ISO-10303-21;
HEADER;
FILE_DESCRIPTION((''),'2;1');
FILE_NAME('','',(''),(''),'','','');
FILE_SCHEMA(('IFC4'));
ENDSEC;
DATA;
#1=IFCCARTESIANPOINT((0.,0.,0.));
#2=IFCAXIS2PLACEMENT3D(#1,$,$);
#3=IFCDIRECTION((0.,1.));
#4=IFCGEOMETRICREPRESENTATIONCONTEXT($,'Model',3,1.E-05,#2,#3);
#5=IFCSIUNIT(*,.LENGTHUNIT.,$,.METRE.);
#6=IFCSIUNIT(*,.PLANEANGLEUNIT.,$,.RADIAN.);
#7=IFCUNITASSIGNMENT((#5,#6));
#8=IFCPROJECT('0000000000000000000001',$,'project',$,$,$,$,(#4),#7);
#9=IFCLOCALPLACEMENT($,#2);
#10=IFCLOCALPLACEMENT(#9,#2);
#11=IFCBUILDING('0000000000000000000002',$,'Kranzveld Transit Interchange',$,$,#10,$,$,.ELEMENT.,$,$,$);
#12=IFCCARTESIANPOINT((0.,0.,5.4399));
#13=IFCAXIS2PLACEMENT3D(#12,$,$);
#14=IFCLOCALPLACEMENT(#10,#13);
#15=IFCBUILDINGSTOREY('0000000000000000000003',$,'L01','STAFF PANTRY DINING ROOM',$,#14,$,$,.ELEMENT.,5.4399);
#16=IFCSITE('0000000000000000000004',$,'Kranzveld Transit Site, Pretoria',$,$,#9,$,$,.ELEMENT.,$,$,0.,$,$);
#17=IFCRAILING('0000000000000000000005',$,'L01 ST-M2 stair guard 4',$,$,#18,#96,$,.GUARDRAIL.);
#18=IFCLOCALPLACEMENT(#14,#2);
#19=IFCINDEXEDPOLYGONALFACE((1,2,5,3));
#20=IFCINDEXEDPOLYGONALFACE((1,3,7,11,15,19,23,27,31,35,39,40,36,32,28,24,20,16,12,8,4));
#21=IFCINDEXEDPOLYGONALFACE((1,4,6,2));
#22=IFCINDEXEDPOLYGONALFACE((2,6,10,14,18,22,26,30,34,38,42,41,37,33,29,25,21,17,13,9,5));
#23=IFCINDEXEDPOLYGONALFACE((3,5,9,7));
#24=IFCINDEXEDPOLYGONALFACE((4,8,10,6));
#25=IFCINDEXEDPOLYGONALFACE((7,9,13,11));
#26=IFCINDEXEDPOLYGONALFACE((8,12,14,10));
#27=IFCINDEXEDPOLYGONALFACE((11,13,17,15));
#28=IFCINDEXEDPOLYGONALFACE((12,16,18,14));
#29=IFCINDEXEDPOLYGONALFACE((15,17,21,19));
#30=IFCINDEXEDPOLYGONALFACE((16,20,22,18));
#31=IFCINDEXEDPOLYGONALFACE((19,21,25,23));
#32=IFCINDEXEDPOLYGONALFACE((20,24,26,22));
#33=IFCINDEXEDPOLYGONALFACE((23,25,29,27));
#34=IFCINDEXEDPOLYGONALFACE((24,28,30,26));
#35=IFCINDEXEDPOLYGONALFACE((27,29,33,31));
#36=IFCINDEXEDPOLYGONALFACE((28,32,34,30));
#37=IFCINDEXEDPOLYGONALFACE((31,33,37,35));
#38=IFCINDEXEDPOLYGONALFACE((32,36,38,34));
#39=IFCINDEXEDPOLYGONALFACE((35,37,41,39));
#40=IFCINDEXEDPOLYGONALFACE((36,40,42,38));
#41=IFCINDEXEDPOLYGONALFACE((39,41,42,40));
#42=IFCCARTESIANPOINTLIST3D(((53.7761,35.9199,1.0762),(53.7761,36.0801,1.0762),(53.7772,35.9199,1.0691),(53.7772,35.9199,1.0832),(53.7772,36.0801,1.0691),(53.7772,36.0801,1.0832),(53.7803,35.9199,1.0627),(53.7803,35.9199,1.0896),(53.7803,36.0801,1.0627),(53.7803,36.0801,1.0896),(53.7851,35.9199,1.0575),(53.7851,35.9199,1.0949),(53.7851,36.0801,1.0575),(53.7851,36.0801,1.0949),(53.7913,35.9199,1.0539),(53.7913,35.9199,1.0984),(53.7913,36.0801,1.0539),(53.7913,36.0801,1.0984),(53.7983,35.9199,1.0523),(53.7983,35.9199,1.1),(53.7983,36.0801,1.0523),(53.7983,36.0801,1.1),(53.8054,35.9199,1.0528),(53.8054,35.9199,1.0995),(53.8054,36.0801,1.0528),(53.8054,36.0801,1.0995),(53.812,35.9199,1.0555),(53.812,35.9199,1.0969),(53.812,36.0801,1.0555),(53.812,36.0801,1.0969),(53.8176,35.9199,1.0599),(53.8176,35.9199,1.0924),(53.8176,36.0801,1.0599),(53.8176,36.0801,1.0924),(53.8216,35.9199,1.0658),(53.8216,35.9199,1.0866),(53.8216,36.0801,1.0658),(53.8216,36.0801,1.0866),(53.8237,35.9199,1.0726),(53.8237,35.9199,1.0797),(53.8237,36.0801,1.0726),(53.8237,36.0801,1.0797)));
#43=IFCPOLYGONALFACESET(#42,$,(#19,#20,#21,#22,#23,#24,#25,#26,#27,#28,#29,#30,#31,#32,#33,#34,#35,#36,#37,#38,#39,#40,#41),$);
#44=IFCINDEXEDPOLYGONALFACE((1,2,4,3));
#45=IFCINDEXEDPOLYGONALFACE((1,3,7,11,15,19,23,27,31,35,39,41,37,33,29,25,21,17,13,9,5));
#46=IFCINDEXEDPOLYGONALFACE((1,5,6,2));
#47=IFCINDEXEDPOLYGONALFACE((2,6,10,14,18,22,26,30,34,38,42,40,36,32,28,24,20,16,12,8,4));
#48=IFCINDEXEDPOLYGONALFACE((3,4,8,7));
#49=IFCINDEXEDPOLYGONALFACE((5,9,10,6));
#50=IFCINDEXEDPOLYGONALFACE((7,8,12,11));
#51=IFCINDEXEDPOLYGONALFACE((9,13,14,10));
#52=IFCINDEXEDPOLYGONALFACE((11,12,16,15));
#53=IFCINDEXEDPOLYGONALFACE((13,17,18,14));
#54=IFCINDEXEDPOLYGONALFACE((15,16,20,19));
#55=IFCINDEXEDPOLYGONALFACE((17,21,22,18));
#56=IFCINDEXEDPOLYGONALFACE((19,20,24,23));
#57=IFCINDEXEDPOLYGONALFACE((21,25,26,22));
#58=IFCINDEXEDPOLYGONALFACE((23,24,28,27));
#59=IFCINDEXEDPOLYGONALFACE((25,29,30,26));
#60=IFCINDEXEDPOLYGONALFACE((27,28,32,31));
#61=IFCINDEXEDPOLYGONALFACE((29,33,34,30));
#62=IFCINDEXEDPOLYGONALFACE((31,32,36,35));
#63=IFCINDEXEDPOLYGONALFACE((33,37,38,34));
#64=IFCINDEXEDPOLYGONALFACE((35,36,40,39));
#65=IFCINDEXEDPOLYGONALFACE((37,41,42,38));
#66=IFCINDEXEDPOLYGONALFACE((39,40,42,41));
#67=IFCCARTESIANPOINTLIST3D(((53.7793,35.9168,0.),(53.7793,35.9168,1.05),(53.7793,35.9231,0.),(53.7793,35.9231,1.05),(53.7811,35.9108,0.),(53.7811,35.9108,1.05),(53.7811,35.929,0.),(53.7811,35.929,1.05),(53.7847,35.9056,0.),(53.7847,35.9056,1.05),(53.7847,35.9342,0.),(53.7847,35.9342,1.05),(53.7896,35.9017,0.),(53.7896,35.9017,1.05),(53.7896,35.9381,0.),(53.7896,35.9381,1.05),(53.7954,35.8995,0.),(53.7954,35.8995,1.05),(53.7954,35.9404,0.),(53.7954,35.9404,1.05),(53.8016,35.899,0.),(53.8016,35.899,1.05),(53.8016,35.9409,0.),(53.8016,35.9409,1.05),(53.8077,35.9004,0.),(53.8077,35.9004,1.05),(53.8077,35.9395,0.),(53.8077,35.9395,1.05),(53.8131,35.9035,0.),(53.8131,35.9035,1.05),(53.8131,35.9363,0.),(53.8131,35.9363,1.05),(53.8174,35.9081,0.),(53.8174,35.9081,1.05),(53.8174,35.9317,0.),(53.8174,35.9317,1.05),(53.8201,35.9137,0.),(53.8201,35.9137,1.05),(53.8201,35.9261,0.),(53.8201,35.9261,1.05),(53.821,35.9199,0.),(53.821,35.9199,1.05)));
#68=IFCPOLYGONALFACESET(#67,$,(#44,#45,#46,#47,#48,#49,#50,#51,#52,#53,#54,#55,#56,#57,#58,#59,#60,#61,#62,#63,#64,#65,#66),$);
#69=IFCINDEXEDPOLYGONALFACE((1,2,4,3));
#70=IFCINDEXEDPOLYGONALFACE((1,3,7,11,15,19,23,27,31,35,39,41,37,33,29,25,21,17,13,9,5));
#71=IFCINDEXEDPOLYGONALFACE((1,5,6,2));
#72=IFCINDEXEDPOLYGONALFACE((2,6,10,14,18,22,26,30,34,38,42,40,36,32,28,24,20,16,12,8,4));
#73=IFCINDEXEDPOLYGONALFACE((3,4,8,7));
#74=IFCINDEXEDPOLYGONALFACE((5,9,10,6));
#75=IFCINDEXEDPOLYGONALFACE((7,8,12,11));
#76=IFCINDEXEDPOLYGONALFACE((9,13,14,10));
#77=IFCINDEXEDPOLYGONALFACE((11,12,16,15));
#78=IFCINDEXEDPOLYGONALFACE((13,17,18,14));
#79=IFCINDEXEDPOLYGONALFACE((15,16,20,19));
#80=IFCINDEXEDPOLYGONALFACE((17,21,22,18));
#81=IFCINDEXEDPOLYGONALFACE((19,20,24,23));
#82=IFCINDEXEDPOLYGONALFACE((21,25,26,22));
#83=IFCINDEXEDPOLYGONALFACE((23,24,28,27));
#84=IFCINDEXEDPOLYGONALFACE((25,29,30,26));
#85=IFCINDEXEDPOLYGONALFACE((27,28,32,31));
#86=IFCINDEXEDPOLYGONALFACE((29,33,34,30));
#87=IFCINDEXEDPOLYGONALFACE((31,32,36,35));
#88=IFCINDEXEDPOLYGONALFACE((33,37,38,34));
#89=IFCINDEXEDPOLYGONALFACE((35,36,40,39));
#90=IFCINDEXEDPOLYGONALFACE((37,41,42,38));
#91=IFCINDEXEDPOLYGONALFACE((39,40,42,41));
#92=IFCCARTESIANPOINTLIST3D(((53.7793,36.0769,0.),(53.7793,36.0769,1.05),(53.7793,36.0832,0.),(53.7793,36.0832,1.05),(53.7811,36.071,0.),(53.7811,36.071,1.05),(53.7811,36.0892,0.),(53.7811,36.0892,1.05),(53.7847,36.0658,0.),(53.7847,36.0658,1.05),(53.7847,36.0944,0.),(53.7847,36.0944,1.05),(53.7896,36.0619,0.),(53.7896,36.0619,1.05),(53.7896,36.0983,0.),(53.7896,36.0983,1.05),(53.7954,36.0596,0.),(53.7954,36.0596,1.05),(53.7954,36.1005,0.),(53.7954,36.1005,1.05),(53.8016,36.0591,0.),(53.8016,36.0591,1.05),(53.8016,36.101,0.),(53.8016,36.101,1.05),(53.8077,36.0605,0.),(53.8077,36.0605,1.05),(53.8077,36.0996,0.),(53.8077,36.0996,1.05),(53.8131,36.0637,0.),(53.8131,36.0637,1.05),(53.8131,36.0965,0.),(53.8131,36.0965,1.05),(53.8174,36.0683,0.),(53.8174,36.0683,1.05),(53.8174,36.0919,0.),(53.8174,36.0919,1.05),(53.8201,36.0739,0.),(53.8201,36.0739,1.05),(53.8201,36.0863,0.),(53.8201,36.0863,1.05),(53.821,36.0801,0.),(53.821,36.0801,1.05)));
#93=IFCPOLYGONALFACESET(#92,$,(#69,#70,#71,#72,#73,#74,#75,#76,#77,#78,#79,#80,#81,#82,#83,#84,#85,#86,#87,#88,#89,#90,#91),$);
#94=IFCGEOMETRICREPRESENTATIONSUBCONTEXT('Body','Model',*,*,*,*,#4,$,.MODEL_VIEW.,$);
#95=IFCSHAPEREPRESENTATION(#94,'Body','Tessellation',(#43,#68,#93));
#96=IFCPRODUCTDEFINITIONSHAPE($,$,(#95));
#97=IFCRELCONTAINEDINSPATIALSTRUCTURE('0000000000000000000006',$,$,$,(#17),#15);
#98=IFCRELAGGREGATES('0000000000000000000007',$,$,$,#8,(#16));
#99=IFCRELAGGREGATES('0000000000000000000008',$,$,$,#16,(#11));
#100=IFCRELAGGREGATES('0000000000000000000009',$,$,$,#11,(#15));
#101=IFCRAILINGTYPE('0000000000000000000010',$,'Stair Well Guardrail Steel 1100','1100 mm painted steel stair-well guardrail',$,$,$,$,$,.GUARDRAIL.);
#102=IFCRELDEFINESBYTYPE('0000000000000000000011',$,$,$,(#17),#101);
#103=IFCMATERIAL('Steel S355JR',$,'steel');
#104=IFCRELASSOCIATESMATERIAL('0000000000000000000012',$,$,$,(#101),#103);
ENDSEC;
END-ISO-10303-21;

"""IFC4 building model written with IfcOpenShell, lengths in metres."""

from ifc_helpers import new_model, si_unit, direction, frame, origin, origin_2d, place, context, subcontext, project, spatial, circle, extrude, material, type_object, element, save


model = new_model("IFC4")

# Units and contexts
model_context = context("Model", 3, precision=1e-05, world=origin(), true_north=direction((0.0, 1.0)))
body_context = subcontext(model_context, "Body", "Model", "MODEL_VIEW")
ifc_project = project(units=[si_unit("LENGTHUNIT", "METRE"), si_unit("PLANEANGLEUNIT", "RADIAN")], contexts=[model_context])

# Site, building, storey
site_placement = place(None, origin())
site = spatial("IfcSite", under=ifc_project, at=site_placement, Name="Kranzveld Transit Site, Pretoria", CompositionType="ELEMENT", RefElevation=0.0)
building_placement = place(site_placement, origin())
building = spatial("IfcBuilding", under=site, at=building_placement, Name="Kranzveld Transit Interchange", CompositionType="ELEMENT")
storey_placement = place(building_placement, frame((0.0, 0.0, 5.4399)))
storey = spatial("IfcBuildingStorey", under=building, at=storey_placement, Name="L01", Description="STAFF PANTRY DINING ROOM", CompositionType="ELEMENT", Elevation=5.4399)

# Railing
ifc_material_1 = material(Name="Steel S355JR", Category="steel")
railing_type_1 = type_object("IfcRailingType", Name="Stair Well Guardrail Steel 1100", Description="1100 mm painted steel stair-well guardrail", PredefinedType="GUARDRAIL", material=ifc_material_1)
railing_1_placement = place(storey_placement, frame((53.8, 35.9199, 0.0)))
element("IfcRailing", 1, at=railing_1_placement, inside=storey, type_object=railing_type_1, Name="L01 ST-M2 stair guard 4", PredefinedType="GUARDRAIL", context=body_context, shape_type="SweptSolid", body=[
    extrude(circle(Radius=0.0239, at=origin_2d()), frame((0.0, 0.0, 1.0762), z_axis=(0.0, 1.0, 0.0), x_axis=(-1.0, 0.0, 0.0)), (0.0, 0.0, 1.0), 0.1602),
    extrude(circle(Radius=0.021, at=origin_2d()), origin(), (0.0, 0.0, 1.0), 1.05),
    extrude(circle(Radius=0.021, at=origin_2d()), frame((0.0, 0.1602, 0.0)), (0.0, 0.0, 1.0), 1.05),
])

save(model, "model.ifc")
